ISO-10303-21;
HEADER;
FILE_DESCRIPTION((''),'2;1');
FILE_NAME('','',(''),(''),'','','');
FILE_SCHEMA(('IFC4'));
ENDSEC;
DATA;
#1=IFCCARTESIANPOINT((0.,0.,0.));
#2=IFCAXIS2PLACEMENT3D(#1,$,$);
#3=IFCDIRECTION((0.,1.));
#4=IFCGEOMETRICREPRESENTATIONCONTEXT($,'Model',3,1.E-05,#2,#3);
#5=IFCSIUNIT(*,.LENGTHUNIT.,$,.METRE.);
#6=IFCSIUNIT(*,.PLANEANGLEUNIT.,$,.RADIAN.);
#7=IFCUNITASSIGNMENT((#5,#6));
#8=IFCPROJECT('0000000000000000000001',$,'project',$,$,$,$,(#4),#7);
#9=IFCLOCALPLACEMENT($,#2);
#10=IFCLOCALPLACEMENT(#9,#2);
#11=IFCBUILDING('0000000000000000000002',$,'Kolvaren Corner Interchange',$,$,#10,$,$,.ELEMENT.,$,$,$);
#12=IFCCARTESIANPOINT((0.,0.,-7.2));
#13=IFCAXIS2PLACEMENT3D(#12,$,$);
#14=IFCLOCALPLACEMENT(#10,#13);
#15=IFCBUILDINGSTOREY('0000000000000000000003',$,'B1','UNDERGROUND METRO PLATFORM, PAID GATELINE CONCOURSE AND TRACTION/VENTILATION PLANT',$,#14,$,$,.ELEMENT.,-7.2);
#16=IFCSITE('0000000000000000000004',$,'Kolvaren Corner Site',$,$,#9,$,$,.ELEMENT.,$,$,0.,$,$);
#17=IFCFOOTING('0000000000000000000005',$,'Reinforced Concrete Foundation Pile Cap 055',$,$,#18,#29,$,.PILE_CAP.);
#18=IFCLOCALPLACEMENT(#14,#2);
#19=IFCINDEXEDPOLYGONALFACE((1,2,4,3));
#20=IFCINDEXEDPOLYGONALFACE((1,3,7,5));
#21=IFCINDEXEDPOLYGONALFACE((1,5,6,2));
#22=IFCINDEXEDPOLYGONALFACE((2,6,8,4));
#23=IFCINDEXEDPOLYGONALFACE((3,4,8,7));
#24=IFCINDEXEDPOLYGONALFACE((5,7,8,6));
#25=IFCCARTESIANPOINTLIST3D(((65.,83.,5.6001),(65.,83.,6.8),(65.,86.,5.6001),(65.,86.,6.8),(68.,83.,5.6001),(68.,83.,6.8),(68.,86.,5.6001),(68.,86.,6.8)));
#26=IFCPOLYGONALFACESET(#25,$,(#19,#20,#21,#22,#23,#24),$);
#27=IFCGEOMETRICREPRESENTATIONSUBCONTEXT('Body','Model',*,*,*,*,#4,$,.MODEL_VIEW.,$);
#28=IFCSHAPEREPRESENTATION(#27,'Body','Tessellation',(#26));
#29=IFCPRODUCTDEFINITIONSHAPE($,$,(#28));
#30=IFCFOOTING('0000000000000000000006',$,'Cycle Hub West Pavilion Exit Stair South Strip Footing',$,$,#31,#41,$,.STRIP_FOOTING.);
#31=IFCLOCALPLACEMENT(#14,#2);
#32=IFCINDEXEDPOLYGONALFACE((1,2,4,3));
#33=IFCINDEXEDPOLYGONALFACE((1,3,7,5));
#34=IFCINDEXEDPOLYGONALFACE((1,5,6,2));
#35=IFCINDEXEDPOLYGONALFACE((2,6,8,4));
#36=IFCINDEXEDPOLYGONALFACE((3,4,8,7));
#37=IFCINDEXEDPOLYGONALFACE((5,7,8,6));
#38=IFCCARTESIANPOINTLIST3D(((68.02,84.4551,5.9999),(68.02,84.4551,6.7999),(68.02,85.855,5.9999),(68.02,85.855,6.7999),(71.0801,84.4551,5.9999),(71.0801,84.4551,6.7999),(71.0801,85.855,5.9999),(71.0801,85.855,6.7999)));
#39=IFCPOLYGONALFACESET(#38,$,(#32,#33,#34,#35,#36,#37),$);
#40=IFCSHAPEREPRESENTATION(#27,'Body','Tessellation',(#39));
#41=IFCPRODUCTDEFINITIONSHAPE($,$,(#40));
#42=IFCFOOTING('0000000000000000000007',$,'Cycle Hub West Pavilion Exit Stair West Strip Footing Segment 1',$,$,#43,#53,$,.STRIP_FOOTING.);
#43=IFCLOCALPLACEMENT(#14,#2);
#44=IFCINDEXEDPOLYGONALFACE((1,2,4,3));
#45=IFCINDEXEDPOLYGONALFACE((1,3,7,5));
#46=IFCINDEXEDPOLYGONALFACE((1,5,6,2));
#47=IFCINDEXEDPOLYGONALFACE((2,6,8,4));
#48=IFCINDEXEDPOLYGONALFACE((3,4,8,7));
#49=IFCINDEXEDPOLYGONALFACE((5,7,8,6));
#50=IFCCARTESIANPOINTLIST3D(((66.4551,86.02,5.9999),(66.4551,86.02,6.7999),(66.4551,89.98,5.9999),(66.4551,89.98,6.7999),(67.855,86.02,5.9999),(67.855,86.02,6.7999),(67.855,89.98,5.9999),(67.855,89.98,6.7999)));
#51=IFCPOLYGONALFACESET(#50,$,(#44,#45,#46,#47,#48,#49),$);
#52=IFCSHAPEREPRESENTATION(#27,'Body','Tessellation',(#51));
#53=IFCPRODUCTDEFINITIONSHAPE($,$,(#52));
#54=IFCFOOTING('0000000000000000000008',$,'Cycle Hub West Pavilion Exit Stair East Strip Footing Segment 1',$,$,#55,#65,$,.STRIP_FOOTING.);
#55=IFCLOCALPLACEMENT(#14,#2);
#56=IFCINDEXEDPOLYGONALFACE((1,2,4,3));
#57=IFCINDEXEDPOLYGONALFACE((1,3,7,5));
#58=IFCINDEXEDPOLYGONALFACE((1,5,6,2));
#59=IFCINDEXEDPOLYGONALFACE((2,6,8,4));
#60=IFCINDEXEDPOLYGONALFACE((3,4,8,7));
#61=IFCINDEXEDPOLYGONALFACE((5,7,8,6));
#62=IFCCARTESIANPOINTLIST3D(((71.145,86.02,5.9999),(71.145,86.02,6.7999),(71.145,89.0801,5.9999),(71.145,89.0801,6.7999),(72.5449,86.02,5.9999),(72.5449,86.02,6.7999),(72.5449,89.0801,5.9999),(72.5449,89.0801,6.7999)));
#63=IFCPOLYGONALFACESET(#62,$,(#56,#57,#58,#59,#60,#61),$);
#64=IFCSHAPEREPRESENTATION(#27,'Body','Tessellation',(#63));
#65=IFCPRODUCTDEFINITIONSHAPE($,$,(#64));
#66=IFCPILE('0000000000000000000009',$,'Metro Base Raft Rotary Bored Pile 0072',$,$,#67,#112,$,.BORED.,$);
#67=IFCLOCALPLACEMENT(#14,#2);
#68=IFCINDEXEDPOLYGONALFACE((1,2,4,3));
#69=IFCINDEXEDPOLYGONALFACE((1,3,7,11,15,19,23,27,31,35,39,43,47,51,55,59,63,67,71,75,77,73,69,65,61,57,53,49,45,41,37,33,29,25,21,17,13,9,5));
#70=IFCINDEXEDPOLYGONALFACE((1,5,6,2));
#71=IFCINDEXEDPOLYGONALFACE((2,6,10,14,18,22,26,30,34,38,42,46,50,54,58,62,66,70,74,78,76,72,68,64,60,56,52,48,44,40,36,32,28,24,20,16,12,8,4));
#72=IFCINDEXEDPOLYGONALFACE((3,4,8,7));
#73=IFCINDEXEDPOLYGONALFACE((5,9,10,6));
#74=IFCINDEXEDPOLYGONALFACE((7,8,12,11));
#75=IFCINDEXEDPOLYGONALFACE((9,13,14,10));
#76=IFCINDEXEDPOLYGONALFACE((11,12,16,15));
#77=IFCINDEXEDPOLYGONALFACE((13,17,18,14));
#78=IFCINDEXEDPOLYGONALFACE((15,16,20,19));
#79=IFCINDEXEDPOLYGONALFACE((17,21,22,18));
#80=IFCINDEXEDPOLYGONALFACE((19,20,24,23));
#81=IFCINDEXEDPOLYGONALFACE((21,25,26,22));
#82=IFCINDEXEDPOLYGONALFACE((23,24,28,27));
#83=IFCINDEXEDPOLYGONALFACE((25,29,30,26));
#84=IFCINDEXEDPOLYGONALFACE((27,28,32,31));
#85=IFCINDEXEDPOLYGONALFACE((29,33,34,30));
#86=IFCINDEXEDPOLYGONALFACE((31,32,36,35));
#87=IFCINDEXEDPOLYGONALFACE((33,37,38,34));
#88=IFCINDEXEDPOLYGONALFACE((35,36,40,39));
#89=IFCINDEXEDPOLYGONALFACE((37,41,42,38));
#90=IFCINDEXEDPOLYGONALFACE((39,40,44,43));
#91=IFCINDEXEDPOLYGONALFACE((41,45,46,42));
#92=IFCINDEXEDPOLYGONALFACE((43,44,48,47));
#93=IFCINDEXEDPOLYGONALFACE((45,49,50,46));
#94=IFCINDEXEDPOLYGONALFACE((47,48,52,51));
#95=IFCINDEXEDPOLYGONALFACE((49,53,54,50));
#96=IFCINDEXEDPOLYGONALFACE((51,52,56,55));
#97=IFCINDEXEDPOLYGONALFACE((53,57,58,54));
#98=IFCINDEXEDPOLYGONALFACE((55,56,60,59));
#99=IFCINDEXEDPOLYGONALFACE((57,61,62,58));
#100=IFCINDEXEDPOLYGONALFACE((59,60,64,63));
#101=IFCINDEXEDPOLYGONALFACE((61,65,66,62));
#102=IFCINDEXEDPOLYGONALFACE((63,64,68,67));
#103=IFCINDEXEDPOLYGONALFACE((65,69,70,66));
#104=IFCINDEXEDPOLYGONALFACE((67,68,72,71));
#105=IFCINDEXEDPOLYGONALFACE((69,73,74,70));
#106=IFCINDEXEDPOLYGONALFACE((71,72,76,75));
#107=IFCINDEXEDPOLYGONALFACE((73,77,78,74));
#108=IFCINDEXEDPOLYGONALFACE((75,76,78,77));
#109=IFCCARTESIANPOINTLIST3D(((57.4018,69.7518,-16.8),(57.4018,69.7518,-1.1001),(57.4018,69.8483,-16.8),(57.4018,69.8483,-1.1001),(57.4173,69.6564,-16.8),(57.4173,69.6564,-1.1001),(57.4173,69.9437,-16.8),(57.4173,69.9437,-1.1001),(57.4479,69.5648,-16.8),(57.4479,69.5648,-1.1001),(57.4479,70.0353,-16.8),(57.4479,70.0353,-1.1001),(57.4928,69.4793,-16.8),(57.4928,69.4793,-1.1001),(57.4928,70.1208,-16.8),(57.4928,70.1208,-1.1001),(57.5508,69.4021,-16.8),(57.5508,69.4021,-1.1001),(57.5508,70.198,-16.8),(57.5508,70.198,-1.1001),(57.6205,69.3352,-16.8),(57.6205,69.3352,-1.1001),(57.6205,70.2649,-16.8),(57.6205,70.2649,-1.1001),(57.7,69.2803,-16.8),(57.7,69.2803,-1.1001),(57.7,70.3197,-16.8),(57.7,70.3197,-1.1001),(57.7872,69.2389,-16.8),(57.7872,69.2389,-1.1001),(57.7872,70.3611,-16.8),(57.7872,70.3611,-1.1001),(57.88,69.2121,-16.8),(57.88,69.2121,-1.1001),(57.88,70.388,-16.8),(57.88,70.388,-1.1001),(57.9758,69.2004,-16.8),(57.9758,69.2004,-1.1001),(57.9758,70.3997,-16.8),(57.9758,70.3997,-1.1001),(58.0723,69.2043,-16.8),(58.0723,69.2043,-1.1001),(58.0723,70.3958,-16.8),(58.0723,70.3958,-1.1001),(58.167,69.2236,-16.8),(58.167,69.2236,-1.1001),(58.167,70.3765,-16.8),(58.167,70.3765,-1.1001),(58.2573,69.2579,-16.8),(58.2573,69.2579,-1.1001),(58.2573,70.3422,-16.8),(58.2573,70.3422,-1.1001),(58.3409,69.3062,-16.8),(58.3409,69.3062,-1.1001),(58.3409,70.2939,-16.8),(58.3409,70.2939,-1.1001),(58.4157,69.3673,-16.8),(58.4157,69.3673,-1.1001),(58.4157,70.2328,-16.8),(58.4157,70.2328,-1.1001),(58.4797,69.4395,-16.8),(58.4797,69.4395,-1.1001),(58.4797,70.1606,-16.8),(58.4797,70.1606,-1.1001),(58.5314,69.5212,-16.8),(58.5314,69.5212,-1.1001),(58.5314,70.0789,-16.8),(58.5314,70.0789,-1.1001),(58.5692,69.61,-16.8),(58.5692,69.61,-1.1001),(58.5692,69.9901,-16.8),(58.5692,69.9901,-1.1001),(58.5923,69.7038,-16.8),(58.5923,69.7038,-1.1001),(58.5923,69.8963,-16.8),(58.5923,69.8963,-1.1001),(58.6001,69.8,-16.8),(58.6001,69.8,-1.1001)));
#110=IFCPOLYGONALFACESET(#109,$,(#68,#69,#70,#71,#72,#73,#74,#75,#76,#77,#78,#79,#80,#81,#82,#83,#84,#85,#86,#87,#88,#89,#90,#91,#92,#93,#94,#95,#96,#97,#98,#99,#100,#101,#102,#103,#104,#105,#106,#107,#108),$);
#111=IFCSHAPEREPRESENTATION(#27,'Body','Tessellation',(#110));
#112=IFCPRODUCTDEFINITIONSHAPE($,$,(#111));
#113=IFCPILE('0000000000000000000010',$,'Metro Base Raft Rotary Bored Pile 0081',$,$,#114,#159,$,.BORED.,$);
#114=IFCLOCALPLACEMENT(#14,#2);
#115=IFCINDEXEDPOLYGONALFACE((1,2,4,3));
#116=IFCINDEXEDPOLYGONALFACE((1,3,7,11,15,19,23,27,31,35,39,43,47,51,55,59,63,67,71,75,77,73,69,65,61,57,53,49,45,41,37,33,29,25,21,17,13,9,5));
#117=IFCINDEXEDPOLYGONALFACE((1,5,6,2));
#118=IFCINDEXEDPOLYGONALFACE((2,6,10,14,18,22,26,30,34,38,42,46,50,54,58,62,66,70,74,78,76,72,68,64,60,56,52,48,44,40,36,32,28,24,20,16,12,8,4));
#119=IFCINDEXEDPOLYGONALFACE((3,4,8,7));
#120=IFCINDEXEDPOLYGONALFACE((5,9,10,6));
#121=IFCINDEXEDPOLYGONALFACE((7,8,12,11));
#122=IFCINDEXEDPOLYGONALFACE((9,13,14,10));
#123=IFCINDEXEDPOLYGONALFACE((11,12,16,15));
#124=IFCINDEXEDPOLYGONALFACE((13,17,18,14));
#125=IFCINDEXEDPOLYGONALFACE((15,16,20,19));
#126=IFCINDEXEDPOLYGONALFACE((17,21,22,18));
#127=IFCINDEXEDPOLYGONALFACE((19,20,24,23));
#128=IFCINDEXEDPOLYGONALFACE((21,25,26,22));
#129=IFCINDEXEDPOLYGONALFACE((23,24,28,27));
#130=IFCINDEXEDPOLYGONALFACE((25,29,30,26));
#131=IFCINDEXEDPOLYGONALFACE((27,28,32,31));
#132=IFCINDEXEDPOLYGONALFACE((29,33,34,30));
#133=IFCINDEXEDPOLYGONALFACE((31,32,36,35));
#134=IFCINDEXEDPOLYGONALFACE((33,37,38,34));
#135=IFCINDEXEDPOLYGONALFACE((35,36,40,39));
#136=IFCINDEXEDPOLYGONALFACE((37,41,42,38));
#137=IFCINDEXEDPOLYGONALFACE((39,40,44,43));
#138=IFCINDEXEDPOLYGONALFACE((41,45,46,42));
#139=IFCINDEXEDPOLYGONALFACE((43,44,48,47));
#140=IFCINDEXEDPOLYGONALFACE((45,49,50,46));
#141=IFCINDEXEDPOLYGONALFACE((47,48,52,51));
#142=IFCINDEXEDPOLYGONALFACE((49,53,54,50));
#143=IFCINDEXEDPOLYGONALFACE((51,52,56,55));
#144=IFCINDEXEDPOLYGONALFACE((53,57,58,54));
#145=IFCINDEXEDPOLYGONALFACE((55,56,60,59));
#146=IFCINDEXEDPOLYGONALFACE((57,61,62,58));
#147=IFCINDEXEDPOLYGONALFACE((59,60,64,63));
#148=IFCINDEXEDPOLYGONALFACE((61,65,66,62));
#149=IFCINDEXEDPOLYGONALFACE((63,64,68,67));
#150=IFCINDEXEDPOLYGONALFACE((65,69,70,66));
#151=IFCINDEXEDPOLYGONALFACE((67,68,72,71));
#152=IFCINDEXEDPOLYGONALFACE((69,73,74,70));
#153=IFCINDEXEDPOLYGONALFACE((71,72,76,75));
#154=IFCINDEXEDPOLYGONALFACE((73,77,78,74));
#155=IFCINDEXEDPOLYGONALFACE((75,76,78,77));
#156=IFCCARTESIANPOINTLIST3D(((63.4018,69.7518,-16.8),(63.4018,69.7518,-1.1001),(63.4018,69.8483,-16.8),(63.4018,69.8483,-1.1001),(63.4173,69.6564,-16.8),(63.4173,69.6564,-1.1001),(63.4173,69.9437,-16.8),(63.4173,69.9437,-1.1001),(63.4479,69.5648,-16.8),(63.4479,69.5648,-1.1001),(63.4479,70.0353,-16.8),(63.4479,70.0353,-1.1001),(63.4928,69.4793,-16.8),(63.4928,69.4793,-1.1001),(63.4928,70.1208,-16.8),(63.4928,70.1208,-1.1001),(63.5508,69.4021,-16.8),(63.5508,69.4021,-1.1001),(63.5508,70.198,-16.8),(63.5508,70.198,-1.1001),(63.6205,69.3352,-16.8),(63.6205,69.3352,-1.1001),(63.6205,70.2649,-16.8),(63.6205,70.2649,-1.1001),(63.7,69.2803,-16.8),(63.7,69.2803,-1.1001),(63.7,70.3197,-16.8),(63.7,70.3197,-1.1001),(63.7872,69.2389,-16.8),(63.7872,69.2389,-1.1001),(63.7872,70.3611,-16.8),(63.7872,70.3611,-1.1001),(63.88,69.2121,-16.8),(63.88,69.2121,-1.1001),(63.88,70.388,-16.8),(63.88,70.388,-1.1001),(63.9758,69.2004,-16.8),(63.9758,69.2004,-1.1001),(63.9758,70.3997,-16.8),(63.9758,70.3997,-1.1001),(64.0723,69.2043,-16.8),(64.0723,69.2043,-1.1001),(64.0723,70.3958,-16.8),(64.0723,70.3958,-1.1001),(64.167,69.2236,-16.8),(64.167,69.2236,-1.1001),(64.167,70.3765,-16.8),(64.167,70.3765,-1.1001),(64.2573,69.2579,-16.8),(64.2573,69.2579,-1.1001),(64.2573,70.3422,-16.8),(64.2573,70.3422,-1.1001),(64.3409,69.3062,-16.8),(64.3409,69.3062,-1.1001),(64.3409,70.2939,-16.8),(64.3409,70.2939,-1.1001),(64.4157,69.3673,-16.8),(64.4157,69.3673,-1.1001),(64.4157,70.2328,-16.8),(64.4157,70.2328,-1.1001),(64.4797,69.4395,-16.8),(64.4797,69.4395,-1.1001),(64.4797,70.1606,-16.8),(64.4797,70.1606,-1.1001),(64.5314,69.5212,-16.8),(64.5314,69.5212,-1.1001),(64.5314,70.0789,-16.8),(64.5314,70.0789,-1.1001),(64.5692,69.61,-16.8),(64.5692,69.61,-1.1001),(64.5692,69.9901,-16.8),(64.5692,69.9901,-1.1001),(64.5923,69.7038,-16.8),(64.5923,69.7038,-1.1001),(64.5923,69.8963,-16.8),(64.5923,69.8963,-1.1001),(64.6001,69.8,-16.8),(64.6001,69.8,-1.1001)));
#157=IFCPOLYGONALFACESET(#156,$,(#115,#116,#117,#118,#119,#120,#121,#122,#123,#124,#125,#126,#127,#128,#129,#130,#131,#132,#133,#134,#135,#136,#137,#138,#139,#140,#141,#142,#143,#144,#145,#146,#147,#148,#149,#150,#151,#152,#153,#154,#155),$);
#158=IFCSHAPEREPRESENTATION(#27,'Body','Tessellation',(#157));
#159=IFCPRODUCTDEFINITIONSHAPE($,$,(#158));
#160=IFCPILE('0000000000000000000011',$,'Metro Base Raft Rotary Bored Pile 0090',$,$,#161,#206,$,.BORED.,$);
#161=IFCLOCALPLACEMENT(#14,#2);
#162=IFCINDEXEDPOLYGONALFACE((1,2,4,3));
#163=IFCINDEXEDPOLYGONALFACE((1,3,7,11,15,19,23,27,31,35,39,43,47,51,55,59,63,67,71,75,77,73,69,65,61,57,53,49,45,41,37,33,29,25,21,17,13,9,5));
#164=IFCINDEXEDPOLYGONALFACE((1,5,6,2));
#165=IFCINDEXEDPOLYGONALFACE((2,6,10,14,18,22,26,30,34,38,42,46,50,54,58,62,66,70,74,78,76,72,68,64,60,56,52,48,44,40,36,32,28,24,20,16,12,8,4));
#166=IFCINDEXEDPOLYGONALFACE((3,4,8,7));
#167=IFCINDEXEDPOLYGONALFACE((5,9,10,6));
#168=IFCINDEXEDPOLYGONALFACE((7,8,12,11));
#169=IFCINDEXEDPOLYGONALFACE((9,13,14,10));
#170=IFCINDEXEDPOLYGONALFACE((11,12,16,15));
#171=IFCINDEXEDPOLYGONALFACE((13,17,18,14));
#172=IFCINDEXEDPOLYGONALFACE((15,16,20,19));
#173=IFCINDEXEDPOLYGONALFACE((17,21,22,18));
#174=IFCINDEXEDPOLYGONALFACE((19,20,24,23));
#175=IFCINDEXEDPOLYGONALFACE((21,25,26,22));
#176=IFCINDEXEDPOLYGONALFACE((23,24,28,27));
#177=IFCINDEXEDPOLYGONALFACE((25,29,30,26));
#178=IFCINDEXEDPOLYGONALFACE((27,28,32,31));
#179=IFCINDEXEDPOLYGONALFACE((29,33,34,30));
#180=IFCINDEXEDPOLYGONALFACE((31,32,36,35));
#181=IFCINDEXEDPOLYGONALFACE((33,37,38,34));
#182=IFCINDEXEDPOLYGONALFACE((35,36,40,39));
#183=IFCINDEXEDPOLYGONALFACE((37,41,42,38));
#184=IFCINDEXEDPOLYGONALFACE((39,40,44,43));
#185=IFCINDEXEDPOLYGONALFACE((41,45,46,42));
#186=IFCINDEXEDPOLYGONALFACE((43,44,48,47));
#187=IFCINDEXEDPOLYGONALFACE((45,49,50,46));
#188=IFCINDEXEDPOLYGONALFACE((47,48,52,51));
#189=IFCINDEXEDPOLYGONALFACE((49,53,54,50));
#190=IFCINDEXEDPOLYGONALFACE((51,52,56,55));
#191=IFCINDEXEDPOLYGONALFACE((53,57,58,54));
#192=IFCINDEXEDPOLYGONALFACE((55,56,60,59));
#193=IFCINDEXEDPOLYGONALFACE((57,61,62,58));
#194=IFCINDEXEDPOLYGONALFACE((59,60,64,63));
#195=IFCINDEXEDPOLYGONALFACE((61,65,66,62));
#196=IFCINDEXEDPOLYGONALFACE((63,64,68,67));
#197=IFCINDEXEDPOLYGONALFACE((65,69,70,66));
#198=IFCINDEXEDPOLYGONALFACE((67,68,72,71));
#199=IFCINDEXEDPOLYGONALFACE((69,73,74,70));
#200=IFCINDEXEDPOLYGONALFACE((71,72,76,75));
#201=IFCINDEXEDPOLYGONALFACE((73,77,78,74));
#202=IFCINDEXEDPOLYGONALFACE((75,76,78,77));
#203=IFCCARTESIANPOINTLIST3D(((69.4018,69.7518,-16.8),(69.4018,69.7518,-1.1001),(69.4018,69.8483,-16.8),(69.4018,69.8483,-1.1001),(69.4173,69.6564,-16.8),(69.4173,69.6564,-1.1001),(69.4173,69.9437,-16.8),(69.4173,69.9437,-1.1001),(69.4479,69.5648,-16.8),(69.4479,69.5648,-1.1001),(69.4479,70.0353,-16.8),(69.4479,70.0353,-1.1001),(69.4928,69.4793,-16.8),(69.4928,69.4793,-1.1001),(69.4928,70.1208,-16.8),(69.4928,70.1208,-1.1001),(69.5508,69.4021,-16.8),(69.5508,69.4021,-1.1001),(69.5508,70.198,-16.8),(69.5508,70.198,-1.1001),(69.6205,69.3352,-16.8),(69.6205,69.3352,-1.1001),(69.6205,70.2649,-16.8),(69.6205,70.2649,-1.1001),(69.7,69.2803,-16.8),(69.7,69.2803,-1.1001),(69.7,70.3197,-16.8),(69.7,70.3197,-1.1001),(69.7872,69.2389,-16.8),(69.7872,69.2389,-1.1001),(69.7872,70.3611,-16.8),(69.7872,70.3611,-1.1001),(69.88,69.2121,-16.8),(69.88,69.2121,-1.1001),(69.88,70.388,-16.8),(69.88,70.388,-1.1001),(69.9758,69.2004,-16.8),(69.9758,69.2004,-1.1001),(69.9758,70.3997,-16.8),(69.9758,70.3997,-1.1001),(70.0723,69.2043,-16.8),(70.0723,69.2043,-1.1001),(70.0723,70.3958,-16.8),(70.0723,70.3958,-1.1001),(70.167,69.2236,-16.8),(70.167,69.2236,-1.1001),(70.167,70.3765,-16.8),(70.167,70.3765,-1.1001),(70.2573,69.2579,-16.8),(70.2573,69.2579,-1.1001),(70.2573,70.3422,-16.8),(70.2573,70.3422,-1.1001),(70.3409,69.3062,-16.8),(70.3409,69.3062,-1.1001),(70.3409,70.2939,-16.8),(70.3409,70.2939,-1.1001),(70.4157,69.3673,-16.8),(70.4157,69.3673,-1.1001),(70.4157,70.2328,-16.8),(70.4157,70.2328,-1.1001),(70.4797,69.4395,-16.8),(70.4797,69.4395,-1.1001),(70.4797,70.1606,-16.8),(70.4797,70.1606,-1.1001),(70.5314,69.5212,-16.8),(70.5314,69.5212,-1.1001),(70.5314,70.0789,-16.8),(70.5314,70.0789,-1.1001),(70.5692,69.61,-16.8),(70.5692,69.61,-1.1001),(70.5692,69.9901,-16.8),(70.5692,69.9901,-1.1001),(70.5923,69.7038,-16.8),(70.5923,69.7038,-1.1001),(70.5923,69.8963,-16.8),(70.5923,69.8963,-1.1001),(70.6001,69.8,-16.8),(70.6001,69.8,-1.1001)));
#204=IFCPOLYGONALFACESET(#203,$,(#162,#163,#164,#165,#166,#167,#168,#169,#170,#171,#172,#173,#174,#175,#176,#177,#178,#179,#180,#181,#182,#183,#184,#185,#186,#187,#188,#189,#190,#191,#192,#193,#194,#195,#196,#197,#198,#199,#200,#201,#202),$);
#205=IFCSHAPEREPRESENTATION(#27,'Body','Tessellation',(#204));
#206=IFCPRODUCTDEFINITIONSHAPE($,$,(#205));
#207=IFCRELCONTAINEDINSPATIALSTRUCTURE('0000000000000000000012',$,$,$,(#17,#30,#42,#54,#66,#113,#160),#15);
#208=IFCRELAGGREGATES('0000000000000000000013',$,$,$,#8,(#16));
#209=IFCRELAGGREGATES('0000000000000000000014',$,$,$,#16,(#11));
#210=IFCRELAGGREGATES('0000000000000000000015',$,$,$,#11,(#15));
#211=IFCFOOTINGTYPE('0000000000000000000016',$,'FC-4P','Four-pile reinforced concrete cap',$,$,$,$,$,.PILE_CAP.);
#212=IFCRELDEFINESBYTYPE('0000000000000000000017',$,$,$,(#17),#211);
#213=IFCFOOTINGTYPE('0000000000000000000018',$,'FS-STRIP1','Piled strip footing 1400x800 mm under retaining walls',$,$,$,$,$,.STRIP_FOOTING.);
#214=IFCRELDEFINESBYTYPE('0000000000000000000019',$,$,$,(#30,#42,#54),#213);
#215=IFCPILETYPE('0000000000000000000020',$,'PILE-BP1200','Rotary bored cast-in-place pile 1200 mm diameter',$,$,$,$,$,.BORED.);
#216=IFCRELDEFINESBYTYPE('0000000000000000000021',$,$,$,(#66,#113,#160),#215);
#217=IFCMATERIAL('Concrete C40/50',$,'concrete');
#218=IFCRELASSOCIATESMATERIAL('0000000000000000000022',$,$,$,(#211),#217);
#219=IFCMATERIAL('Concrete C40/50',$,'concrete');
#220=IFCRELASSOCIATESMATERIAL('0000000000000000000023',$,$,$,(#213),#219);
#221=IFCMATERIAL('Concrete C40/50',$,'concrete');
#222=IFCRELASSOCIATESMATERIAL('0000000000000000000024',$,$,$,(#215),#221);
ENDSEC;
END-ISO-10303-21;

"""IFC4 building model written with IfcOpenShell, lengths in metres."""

from ifc_helpers import new_model, si_unit, direction, frame, origin, origin_2d, place, context, subcontext, project, spatial, rectangle, circle, extrude, material, material_profile, profile_set, type_object, element, save


model = new_model("IFC4")

# Units and contexts
model_context = context("Model", 3, precision=1e-05, world=origin(), true_north=direction((0.0, 1.0)))
body_context = subcontext(model_context, "Body", "Model", "MODEL_VIEW")
ifc_project = project(units=[si_unit("LENGTHUNIT", "METRE"), si_unit("PLANEANGLEUNIT", "RADIAN")], contexts=[model_context])

# Site, building, storey
site_placement = place(None, origin())
site = spatial("IfcSite", under=ifc_project, at=site_placement, Name="Kolvaren Corner Site", CompositionType="ELEMENT", RefElevation=0.0)
building_placement = place(site_placement, origin())
building = spatial("IfcBuilding", under=site, at=building_placement, Name="Kolvaren Corner Interchange", CompositionType="ELEMENT")
storey_placement = place(building_placement, frame((0.0, 0.0, -7.2)))
storey = spatial("IfcBuildingStorey", under=building, at=storey_placement, Name="B1", Description="UNDERGROUND METRO PLATFORM, PAID GATELINE CONCOURSE AND TRACTION/VENTILATION PLANT", CompositionType="ELEMENT", Elevation=-7.2)

# Footings
ifc_material_1 = material(Name="Concrete C40/50", Category="concrete")
footing_type_1 = type_object("IfcFootingType", Name="FC-4P", Description="Four-pile reinforced concrete cap", PredefinedType="PILE_CAP", material=ifc_material_1)
footing_1_placement = place(storey_placement, frame((66.5, 84.5, 5.6001), z_axis=(0.0, 0.0, 1.0), x_axis=(1.0, 0.0, 0.0)))
element("IfcFooting", 1, at=footing_1_placement, inside=storey, type_object=footing_type_1, Name="Reinforced Concrete Foundation Pile Cap 055", PredefinedType="PILE_CAP", context=body_context, shape_type="SweptSolid", body=[
    extrude(rectangle(XDim=3.0, YDim=3.0, at=origin_2d()), origin(), (0.0, 0.0, 1.0), 1.2),
])
ifc_material_2 = material(Name="Concrete C40/50", Category="concrete")
ifc_material_profile_1 = material_profile(ifc_material_2, rectangle(XDim=1.3999, YDim=0.8, at=origin_2d()), Name="STRIP 1400x800")
ifc_profile_set_1 = profile_set([ifc_material_profile_1], Name="Concrete C40/50")
footing_type_2 = type_object("IfcFootingType", Name="FS-STRIP1", Description="Piled strip footing 1400x800 mm under retaining walls", PredefinedType="STRIP_FOOTING", material=ifc_profile_set_1)
footing_2_placement = place(storey_placement, frame((68.02, 85.155, 6.3999), z_axis=(1.0, 0.0, 0.0), x_axis=(0.0, 1.0, 0.0)))
element("IfcFooting", 2, at=footing_2_placement, inside=storey, type_object=footing_type_2, Name="Cycle Hub West Pavilion Exit Stair South Strip Footing", PredefinedType="STRIP_FOOTING", context=body_context, shape_type="SweptSolid", body=[
    extrude(rectangle(XDim=1.3999, YDim=0.8, at=origin_2d()), origin(), (0.0, 0.0, 1.0), 3.0601),
])
footing_3_placement = place(storey_placement, frame((67.155, 86.02, 6.3999), z_axis=(0.0, 1.0, 0.0), x_axis=(-1.0, 0.0, 0.0)))
element("IfcFooting", 3, at=footing_3_placement, inside=storey, type_object=footing_type_2, Name="Cycle Hub West Pavilion Exit Stair West Strip Footing Segment 1", PredefinedType="STRIP_FOOTING", context=body_context, shape_type="SweptSolid", body=[
    extrude(rectangle(XDim=1.3999, YDim=0.8, at=origin_2d()), origin(), (0.0, 0.0, 1.0), 3.96),
])
footing_4_placement = place(storey_placement, frame((71.845, 86.02, 6.3999), z_axis=(0.0, 1.0, 0.0), x_axis=(-1.0, 0.0, 0.0)))
element("IfcFooting", 4, at=footing_4_placement, inside=storey, type_object=footing_type_2, Name="Cycle Hub West Pavilion Exit Stair East Strip Footing Segment 1", PredefinedType="STRIP_FOOTING", context=body_context, shape_type="SweptSolid", body=[
    extrude(rectangle(XDim=1.3999, YDim=0.8, at=origin_2d()), origin(), (0.0, 0.0, 1.0), 3.0601),
])

# Piles
ifc_material_3 = material(Name="Concrete C40/50", Category="concrete")
ifc_material_profile_2 = material_profile(ifc_material_3, circle(Radius=0.6001, at=origin_2d()), Name="BORED PILE 1200")
ifc_profile_set_2 = profile_set([ifc_material_profile_2], Name="Concrete C40/50")
pile_type_1 = type_object("IfcPileType", Name="PILE-BP1200", Description="Rotary bored cast-in-place pile 1200 mm diameter", PredefinedType="BORED", material=ifc_profile_set_2)
for number, where, z_axis, x_axis, name in (
    (5, (58.0, 69.8, -1.1001), (0.0, 0.0, -1.0), (1.0, 0.0, 0.0), "Metro Base Raft Rotary Bored Pile 0072"),
    (6, (64.0, 69.8, -1.1001), (0.0, 0.0, -1.0), (1.0, 0.0, 0.0), "Metro Base Raft Rotary Bored Pile 0081"),
    (7, (70.0, 69.8, -1.1001), (0.0, 0.0, -1.0), (1.0, 0.0, 0.0), "Metro Base Raft Rotary Bored Pile 0090"),
):
    element("IfcPile", number, at=place(storey_placement, frame(where, z_axis=z_axis, x_axis=x_axis)), inside=storey, type_object=pile_type_1, Name=name, PredefinedType="BORED", context=body_context, shape_type="SweptSolid", body=[
        extrude(circle(Radius=0.6001, at=origin_2d()), origin(), (0.0, 0.0, 1.0), 15.7),
    ])

save(model, "model.ifc")
